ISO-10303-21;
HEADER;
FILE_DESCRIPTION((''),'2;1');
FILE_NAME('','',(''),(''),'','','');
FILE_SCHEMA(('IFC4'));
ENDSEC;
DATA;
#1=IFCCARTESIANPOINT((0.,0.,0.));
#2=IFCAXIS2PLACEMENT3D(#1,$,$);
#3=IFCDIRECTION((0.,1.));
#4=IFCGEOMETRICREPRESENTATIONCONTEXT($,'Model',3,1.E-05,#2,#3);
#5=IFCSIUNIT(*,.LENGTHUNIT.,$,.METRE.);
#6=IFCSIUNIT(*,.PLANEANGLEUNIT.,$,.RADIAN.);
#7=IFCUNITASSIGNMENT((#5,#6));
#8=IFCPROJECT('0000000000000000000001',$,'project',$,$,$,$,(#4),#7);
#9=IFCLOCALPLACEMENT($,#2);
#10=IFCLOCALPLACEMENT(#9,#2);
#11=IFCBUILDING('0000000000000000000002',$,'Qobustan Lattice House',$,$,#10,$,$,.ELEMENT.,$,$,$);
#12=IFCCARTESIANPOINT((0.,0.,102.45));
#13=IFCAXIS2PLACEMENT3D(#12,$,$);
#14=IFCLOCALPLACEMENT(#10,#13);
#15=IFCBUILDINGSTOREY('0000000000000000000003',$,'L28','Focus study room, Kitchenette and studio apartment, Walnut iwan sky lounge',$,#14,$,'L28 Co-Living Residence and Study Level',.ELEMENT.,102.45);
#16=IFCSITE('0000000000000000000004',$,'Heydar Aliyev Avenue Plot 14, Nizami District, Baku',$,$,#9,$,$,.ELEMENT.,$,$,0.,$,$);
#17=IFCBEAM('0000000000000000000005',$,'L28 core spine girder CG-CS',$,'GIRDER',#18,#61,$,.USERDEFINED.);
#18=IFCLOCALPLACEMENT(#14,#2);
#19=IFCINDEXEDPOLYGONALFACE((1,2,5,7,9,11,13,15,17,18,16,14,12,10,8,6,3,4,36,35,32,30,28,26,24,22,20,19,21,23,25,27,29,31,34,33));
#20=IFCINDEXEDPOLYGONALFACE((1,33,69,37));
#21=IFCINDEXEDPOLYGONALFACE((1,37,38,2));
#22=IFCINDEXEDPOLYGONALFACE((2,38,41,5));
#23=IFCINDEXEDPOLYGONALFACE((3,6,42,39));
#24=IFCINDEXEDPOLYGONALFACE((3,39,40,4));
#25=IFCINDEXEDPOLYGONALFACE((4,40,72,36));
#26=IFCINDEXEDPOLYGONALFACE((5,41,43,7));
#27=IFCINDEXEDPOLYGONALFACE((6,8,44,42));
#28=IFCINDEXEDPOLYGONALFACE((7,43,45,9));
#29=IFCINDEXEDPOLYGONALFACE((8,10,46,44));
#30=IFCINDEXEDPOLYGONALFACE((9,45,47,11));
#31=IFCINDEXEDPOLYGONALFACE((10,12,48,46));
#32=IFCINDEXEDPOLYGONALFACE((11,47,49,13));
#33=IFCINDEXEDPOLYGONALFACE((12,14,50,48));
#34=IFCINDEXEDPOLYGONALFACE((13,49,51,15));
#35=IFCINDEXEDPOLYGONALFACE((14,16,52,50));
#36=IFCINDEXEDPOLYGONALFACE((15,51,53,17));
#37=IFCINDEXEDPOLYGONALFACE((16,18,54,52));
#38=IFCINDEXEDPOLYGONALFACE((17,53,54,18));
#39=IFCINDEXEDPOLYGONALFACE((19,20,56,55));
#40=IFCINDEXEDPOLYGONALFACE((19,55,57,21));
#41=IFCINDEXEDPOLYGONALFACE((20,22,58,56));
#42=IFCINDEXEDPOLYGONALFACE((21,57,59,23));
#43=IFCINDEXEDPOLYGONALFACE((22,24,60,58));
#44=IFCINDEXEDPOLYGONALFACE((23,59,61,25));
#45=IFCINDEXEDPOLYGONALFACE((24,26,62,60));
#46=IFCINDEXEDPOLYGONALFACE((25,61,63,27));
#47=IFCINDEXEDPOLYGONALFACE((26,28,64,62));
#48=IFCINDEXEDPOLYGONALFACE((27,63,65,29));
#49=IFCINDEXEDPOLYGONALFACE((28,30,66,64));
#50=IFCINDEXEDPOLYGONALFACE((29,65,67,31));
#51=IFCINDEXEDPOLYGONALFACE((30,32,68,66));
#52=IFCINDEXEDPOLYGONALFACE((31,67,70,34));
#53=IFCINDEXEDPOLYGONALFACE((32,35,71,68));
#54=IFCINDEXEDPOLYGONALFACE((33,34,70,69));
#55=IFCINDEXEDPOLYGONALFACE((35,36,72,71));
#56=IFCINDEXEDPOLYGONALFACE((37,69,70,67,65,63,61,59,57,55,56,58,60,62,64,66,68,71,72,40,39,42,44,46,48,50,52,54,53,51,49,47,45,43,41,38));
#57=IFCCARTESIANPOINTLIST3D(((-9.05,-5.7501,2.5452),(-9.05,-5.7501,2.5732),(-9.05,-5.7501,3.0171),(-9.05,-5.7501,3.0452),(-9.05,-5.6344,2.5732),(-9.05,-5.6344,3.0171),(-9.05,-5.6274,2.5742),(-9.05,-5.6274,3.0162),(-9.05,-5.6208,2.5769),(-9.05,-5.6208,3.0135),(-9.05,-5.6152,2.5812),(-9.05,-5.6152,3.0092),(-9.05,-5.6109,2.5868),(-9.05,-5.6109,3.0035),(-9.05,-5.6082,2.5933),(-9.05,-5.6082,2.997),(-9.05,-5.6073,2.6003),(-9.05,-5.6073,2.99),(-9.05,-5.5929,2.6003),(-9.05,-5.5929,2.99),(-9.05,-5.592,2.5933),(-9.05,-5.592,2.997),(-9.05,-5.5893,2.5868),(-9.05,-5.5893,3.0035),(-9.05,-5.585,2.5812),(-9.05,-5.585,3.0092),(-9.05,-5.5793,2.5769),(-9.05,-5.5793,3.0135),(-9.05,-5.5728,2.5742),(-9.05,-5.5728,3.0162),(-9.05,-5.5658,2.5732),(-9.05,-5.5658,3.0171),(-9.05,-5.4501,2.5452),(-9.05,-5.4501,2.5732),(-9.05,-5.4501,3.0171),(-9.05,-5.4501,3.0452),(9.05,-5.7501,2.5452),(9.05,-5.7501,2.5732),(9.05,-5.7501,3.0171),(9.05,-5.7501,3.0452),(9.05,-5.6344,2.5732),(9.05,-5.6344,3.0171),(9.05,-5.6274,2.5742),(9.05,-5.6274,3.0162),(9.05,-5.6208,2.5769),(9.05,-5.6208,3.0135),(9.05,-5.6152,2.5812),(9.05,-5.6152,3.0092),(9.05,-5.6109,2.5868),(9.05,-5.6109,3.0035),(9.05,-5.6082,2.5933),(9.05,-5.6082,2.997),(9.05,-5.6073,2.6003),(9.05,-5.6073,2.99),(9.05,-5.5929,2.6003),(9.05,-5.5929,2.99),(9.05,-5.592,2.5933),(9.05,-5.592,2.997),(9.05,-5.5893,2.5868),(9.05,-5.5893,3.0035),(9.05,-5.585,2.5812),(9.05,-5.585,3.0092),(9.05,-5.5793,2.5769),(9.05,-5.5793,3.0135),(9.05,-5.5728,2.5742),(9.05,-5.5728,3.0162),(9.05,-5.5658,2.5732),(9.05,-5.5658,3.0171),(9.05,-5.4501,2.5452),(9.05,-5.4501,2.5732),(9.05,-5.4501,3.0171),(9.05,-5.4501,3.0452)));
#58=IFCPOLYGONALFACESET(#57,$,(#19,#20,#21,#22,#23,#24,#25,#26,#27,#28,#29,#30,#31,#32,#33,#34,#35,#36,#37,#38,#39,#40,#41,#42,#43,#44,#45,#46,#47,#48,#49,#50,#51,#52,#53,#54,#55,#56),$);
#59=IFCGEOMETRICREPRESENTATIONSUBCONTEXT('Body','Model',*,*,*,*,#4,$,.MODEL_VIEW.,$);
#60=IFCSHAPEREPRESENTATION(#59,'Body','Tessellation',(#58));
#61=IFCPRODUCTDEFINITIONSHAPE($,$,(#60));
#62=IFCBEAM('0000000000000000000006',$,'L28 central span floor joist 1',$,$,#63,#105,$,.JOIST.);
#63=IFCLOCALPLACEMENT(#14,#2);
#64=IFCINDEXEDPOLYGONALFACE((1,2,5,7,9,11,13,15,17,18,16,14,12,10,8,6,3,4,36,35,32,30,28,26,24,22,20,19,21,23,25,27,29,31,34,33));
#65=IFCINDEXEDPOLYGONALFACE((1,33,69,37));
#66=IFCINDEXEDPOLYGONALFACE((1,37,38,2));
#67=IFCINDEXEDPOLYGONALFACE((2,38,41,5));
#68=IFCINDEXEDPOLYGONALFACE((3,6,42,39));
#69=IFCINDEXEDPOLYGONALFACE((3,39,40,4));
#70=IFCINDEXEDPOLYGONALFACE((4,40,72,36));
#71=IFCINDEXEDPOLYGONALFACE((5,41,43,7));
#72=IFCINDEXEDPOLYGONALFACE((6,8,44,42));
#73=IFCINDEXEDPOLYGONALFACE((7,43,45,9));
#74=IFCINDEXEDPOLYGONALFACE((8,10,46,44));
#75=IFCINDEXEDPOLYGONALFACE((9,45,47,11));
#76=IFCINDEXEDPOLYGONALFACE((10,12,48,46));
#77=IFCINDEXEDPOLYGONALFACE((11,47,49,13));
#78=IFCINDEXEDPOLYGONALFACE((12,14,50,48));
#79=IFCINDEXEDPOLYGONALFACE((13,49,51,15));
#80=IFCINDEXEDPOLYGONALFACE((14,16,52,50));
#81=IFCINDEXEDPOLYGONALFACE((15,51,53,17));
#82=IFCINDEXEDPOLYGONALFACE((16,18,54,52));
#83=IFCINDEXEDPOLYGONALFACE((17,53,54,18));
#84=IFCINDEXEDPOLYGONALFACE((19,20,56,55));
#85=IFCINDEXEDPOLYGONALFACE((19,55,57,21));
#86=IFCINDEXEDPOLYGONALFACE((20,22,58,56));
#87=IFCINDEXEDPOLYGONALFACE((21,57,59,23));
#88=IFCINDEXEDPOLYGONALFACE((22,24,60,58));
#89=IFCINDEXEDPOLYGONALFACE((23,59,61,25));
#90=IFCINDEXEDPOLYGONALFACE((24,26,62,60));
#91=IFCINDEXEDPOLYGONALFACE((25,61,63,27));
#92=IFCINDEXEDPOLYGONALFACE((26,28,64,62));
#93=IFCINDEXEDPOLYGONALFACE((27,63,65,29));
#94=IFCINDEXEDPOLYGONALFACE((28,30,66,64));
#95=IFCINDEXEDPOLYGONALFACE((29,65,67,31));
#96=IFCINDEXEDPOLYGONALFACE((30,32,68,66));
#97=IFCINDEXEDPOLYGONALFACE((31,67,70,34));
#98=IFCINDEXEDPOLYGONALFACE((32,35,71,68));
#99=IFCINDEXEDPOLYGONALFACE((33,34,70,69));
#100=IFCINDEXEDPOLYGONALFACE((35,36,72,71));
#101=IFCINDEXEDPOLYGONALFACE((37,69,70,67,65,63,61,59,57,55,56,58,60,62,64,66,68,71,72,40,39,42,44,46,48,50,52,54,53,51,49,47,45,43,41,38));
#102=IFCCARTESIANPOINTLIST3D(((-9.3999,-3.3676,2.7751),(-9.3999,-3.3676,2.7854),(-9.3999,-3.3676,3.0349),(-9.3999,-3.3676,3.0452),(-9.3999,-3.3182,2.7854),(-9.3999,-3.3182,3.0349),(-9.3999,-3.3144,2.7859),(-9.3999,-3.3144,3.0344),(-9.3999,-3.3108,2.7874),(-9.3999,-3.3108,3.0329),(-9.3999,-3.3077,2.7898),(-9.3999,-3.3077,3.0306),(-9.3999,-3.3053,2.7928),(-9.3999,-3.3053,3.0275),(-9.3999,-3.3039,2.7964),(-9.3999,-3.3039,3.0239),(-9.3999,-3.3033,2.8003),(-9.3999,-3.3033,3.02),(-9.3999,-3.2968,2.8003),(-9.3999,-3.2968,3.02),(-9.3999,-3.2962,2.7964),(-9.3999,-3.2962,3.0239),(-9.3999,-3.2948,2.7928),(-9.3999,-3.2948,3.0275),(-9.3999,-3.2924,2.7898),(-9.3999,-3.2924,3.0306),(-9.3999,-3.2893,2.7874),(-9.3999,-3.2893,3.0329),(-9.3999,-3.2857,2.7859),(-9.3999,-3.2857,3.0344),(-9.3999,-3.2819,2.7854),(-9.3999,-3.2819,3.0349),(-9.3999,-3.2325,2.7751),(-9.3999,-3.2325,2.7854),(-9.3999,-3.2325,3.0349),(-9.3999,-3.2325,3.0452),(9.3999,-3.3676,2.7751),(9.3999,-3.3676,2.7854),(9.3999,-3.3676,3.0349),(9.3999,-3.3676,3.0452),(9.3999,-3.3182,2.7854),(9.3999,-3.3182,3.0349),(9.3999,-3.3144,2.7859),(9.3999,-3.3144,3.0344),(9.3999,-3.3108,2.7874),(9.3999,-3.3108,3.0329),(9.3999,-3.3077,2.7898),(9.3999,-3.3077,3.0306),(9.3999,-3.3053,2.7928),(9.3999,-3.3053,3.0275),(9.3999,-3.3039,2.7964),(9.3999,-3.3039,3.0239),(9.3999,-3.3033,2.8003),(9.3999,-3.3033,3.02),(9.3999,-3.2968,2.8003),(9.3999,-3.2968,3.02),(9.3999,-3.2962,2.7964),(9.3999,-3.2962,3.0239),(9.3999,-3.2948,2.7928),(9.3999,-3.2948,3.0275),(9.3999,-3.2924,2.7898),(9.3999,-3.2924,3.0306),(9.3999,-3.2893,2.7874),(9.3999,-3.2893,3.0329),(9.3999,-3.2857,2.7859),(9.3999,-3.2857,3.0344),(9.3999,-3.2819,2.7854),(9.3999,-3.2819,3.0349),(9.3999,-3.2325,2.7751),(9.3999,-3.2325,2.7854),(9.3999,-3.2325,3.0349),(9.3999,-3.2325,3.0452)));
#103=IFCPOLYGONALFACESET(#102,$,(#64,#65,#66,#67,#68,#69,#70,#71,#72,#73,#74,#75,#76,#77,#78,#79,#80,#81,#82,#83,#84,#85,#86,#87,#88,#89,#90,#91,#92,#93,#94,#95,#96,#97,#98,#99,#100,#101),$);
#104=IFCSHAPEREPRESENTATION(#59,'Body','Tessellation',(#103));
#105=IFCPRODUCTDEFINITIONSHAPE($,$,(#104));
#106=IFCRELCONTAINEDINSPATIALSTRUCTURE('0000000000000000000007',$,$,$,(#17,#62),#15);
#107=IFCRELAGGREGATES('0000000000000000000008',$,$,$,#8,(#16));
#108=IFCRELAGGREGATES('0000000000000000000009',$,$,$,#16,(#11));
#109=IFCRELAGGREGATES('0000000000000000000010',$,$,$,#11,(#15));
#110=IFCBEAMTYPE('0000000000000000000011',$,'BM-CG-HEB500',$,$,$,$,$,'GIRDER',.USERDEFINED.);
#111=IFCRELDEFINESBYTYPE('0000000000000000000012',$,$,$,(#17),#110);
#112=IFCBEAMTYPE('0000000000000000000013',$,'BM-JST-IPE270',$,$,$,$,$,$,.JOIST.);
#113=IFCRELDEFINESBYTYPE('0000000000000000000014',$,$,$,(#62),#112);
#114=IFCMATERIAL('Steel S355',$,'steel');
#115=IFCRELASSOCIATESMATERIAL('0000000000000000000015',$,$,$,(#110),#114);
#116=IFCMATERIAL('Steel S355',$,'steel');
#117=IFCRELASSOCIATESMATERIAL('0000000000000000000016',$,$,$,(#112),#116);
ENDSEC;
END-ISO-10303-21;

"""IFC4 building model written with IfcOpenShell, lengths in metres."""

from ifc_helpers import new_model, si_unit, direction, frame, origin, origin_2d, place, context, subcontext, project, spatial, i_section, extrude, material, material_profile, profile_set, type_object, element, save


model = new_model("IFC4")

# Units and contexts
model_context = context("Model", 3, precision=1e-05, world=origin(), true_north=direction((0.0, 1.0)))
body_context = subcontext(model_context, "Body", "Model", "MODEL_VIEW")
ifc_project = project(units=[si_unit("LENGTHUNIT", "METRE"), si_unit("PLANEANGLEUNIT", "RADIAN")], contexts=[model_context])

# Site, building, storey
site_placement = place(None, origin())
site = spatial("IfcSite", under=ifc_project, at=site_placement, Name="Heydar Aliyev Avenue Plot 14, Nizami District, Baku", CompositionType="ELEMENT", RefElevation=0.0)
building_placement = place(site_placement, origin())
building = spatial("IfcBuilding", under=site, at=building_placement, Name="Qobustan Lattice House", CompositionType="ELEMENT")
storey_placement = place(building_placement, frame((0.0, 0.0, 102.45)))
storey = spatial("IfcBuildingStorey", under=building, at=storey_placement, Name="L28", Description="Focus study room, Kitchenette and studio apartment, Walnut iwan sky lounge", LongName="L28 Co-Living Residence and Study Level", CompositionType="ELEMENT", Elevation=102.45)

# Beams
ifc_material_1 = material(Name="Steel S355", Category="steel")
ifc_material_profile_1 = material_profile(ifc_material_1, i_section(OverallWidth=0.3, OverallDepth=0.5, WebThickness=0.0144, FlangeThickness=0.0281, FilletRadius=0.0271, at=origin_2d()), Name="HEB500")
ifc_profile_set_1 = profile_set([ifc_material_profile_1], Name="Steel S355")
beam_type_1 = type_object("IfcBeamType", Name="BM-CG-HEB500", ElementType="GIRDER", PredefinedType="USERDEFINED", material=ifc_profile_set_1)
beam_1_placement = place(storey_placement, frame((-9.05, -5.6001, 2.7952), z_axis=(1.0, 0.0, 0.0), x_axis=(0.0, 1.0, 0.0)))
element("IfcBeam", 1, at=beam_1_placement, inside=storey, type_object=beam_type_1, Name="L28 core spine girder CG-CS", ObjectType="GIRDER", PredefinedType="USERDEFINED", context=body_context, shape_type="SweptSolid", body=[
    extrude(i_section(OverallWidth=0.3, OverallDepth=0.5, WebThickness=0.0144, FlangeThickness=0.0281, FilletRadius=0.0271, at=origin_2d()), origin(), (0.0, 0.0, 1.0), 18.1001),
])
ifc_material_2 = material(Name="Steel S355", Category="steel")
ifc_material_profile_2 = material_profile(ifc_material_2, i_section(OverallWidth=0.135, OverallDepth=0.27, WebThickness=0.0066, FlangeThickness=0.0103, FilletRadius=0.0149, at=origin_2d()), Name="IPE270")
ifc_profile_set_2 = profile_set([ifc_material_profile_2], Name="Steel S355")
beam_type_2 = type_object("IfcBeamType", Name="BM-JST-IPE270", PredefinedType="JOIST", material=ifc_profile_set_2)
beam_2_placement = place(storey_placement, frame((-9.3999, -3.3, 2.9102), z_axis=(1.0, 0.0, 0.0), x_axis=(0.0, 1.0, 0.0)))
element("IfcBeam", 2, at=beam_2_placement, inside=storey, type_object=beam_type_2, Name="L28 central span floor joist 1", PredefinedType="JOIST", context=body_context, shape_type="SweptSolid", body=[
    extrude(i_section(OverallWidth=0.135, OverallDepth=0.27, WebThickness=0.0066, FlangeThickness=0.0103, FilletRadius=0.0149, at=origin_2d()), origin(), (0.0, 0.0, 1.0), 18.7998),
])

save(model, "model.ifc")
